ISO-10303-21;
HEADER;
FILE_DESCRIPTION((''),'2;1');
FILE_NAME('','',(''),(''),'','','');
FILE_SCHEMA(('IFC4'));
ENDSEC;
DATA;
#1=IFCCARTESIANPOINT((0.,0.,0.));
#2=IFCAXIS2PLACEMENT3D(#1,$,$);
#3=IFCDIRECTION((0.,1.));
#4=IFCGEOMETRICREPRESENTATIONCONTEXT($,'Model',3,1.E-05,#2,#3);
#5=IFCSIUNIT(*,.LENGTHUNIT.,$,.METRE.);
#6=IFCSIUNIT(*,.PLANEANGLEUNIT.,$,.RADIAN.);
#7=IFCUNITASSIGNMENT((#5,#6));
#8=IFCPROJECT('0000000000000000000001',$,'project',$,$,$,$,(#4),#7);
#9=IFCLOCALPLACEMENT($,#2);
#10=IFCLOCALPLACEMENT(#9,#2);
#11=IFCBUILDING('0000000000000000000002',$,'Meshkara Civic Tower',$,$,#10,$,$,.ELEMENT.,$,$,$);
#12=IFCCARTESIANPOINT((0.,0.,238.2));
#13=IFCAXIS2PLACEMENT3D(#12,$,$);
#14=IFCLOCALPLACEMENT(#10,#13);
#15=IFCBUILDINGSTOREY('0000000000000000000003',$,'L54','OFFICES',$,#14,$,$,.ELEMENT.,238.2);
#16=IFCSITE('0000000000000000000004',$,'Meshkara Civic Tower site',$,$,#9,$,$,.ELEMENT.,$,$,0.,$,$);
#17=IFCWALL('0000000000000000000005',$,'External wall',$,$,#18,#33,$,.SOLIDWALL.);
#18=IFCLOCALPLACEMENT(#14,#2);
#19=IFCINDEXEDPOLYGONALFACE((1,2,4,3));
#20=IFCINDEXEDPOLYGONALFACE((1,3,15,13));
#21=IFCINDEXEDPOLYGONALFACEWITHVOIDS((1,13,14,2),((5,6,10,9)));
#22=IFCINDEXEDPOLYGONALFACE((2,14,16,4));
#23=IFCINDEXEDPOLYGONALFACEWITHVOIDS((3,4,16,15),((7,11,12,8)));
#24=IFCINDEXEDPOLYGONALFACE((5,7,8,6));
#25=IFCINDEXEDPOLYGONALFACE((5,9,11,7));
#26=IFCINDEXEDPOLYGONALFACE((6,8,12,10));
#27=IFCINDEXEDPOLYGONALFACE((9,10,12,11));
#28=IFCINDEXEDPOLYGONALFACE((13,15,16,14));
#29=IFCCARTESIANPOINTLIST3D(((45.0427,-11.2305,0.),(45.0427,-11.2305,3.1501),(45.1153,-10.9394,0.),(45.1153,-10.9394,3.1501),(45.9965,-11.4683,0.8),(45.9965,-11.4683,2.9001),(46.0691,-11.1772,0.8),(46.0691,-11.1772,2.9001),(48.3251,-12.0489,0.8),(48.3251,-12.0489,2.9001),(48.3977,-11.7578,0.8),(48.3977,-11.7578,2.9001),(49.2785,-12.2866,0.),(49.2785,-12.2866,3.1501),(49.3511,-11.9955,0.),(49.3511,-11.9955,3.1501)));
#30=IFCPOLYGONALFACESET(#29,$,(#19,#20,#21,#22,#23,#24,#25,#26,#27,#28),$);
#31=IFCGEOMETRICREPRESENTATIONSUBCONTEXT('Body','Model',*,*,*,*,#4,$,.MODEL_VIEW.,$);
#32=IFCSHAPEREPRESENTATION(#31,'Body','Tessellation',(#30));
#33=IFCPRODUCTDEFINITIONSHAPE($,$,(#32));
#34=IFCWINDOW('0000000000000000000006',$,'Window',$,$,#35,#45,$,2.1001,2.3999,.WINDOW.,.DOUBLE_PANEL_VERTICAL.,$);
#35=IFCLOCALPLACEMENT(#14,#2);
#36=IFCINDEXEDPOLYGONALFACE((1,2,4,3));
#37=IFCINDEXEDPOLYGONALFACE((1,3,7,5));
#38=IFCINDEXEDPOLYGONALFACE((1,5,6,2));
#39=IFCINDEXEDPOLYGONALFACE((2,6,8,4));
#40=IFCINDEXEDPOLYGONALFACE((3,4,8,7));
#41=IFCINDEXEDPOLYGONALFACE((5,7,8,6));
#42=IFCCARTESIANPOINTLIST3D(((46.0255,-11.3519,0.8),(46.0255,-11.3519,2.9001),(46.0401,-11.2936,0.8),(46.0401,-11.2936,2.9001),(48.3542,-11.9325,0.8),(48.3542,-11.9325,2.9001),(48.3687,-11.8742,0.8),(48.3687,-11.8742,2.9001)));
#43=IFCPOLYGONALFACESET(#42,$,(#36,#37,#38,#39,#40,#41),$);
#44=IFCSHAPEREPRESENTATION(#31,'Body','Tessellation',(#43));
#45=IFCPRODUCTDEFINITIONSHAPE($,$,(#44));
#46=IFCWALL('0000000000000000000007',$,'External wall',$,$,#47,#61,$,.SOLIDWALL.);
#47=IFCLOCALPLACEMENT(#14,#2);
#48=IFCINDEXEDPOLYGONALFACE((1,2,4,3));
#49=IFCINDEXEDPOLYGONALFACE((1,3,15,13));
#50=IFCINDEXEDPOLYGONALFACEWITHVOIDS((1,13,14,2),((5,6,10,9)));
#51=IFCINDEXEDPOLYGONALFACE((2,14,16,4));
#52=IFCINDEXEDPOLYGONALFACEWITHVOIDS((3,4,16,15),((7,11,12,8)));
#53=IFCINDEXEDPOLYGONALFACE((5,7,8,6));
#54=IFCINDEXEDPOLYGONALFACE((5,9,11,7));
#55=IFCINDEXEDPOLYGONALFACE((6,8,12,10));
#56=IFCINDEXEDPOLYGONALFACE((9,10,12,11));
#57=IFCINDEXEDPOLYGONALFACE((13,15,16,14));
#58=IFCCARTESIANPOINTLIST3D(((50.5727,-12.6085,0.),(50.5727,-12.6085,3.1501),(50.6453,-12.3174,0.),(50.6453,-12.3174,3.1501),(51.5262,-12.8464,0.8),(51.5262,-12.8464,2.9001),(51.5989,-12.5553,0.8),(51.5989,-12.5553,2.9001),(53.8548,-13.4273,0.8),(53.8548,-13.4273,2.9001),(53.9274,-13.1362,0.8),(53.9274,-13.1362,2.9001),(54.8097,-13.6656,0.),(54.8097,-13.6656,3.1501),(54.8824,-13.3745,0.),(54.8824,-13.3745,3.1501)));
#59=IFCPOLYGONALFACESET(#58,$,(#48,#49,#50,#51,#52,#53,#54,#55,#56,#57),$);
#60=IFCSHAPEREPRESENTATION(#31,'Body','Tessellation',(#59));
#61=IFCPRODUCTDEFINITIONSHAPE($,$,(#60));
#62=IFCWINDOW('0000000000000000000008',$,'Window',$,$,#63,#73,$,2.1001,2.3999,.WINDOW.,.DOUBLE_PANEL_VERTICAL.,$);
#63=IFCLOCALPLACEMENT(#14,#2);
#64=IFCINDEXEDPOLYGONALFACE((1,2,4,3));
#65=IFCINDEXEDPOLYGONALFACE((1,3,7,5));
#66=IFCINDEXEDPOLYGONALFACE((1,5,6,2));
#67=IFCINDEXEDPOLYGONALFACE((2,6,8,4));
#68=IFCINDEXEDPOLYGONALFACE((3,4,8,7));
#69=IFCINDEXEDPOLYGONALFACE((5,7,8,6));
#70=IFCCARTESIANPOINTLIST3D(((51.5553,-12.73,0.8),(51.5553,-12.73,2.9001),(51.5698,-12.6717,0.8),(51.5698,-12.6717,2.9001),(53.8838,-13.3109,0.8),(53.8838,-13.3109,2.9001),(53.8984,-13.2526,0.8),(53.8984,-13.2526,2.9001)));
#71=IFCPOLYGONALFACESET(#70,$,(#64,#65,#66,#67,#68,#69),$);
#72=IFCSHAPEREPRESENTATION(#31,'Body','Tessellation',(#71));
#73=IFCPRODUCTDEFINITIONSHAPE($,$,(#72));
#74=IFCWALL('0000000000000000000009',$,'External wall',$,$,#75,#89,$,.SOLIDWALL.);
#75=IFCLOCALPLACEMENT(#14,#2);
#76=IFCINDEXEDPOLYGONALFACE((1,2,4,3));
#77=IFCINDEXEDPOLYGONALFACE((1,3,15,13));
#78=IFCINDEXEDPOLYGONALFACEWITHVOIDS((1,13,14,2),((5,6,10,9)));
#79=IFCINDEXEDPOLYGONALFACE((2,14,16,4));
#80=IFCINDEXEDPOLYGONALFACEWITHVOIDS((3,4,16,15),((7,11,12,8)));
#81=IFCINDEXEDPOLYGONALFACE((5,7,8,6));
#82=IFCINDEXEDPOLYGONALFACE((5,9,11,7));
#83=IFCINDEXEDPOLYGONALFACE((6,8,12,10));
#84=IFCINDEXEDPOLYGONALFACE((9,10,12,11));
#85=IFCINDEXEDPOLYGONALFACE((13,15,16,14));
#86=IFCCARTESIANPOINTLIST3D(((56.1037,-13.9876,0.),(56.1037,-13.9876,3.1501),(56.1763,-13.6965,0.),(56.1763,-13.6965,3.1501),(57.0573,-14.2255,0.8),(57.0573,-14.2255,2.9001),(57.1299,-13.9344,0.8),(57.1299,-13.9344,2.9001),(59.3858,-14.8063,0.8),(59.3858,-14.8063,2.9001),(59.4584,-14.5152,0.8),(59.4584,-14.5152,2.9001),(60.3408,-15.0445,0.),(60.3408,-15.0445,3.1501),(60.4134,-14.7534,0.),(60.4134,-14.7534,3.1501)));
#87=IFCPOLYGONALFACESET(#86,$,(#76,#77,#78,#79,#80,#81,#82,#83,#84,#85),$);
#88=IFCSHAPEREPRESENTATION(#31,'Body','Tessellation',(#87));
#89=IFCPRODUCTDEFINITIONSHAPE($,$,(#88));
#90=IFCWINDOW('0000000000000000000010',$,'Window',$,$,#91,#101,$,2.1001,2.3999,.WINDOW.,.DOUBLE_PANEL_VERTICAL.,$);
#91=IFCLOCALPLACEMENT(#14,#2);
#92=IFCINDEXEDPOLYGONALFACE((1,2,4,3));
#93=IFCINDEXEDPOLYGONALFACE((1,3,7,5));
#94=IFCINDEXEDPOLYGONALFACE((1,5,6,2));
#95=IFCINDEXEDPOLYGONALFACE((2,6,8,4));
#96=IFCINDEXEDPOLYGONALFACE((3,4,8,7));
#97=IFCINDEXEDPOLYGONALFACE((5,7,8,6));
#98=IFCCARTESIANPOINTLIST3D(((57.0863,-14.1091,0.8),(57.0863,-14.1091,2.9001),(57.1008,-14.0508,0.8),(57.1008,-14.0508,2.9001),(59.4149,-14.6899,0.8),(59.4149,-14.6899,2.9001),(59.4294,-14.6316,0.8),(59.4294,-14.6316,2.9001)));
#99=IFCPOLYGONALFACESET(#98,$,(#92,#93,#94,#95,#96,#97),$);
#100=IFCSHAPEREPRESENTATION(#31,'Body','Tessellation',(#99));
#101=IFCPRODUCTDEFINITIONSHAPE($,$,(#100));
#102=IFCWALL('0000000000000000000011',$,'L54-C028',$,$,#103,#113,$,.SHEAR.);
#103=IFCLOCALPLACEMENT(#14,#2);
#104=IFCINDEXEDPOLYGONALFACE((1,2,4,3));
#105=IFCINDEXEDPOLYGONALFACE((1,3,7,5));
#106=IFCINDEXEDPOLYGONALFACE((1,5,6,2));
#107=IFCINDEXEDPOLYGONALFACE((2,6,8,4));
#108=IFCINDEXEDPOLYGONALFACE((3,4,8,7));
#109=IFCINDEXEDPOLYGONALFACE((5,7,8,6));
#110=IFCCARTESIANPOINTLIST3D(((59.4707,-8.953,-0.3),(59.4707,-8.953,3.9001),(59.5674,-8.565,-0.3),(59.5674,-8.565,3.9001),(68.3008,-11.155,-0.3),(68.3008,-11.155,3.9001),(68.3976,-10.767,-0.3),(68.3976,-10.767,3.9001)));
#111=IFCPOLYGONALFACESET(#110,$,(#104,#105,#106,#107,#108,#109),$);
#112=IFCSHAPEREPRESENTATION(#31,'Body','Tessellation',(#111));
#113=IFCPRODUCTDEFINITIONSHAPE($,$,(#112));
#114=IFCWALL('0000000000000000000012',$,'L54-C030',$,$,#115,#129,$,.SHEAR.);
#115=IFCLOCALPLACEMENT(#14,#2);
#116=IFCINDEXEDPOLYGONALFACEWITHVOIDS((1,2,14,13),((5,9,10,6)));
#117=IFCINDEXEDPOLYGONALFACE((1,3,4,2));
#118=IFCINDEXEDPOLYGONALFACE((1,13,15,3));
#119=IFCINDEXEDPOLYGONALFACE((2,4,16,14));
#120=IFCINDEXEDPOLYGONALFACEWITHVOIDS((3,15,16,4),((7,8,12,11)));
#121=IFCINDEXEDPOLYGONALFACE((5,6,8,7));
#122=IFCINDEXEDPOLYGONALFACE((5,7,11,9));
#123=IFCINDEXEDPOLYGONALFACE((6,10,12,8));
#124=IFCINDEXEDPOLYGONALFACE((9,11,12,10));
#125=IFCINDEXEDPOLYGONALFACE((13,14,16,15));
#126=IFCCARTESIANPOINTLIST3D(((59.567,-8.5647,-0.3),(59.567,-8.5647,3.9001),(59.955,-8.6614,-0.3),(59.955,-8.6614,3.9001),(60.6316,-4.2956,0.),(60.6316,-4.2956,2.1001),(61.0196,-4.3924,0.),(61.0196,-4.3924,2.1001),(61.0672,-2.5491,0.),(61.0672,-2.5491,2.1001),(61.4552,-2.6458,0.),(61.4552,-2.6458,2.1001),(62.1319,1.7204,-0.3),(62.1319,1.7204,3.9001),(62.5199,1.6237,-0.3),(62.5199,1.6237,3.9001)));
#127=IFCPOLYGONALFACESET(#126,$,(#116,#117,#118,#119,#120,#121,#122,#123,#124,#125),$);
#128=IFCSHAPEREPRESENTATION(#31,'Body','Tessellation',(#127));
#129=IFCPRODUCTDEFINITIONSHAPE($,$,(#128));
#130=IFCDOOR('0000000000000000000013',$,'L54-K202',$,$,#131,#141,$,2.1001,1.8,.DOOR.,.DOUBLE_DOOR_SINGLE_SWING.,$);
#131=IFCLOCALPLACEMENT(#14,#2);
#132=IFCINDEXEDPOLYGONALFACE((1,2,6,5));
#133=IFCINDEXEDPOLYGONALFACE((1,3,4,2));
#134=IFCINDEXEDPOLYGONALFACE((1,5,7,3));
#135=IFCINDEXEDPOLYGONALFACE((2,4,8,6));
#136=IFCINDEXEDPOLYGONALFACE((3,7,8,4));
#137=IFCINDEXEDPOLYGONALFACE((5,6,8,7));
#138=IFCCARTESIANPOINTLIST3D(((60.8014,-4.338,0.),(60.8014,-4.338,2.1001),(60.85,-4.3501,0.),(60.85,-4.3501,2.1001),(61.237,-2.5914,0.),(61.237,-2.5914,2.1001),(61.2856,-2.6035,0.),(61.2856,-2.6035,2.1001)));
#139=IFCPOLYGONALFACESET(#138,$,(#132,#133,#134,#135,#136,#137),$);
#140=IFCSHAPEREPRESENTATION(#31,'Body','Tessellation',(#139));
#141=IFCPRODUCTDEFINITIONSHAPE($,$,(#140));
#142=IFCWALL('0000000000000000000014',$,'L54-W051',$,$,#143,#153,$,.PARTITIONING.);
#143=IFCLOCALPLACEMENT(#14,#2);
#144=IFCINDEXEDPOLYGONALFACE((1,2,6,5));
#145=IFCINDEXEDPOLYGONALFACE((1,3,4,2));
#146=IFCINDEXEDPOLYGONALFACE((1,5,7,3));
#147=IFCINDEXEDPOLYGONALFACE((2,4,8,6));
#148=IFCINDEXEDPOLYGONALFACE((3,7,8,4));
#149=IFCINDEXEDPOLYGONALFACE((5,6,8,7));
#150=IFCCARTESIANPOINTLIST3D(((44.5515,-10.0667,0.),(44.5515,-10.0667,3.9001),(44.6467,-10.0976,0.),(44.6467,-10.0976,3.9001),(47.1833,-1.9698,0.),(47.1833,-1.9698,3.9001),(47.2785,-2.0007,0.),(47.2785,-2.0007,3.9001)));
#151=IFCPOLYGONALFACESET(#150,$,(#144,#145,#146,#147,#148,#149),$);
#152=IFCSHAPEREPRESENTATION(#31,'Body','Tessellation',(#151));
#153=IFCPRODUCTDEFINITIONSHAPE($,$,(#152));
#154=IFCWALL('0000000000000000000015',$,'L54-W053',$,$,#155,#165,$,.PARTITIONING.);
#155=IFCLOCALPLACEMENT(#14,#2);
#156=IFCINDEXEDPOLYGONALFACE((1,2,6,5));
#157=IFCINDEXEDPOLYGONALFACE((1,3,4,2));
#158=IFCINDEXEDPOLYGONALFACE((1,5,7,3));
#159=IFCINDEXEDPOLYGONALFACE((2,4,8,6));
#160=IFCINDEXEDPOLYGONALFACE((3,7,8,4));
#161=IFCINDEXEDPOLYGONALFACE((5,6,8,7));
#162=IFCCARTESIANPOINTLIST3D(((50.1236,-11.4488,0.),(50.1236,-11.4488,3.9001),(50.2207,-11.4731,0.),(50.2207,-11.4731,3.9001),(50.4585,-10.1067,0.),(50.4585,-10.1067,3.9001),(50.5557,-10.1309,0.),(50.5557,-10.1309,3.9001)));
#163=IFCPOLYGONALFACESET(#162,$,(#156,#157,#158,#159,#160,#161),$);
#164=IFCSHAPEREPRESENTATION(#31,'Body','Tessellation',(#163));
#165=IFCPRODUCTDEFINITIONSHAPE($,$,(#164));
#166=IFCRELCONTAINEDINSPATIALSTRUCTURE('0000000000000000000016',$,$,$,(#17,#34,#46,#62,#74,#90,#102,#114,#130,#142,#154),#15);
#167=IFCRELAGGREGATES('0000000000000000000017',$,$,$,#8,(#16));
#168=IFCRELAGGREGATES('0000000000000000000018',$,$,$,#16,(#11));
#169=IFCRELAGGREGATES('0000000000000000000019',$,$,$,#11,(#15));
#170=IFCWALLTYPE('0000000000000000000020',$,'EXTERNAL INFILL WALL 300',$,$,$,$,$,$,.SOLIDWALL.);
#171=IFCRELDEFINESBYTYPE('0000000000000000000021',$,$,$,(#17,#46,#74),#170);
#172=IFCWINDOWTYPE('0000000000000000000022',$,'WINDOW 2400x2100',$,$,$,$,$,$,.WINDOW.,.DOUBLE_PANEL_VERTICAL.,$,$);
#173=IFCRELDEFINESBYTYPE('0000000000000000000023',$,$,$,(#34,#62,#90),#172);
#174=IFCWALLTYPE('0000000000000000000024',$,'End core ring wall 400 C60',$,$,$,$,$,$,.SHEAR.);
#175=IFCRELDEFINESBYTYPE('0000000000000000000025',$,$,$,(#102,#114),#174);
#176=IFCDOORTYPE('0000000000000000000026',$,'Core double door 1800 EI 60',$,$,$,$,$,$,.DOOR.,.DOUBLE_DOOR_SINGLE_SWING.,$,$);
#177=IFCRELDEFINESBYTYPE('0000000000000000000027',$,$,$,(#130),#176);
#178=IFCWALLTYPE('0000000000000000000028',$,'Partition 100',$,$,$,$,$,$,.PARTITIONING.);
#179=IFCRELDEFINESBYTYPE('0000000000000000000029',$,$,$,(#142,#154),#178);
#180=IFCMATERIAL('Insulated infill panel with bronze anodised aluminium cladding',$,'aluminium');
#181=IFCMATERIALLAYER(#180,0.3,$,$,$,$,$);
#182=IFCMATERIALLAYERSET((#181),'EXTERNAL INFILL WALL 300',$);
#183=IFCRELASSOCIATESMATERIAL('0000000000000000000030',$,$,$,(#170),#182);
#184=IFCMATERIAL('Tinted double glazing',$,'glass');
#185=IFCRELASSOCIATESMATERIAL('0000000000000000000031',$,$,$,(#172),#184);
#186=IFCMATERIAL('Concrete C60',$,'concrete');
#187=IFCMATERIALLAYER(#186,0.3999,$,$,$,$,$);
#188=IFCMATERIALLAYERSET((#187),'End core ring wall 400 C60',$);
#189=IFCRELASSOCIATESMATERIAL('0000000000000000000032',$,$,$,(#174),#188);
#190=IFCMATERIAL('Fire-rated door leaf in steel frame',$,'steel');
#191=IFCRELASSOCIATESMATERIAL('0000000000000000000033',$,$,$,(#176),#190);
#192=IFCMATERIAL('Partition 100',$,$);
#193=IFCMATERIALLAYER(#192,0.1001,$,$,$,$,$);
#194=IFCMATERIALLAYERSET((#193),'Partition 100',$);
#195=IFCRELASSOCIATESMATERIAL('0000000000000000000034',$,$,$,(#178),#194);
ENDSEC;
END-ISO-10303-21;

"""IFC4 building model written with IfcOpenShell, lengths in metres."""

from ifc_helpers import new_model, si_unit, direction, frame, frame_2d, origin, place, context, subcontext, project, spatial, rectangle, extrude, material, layer, layer_set, type_object, element, fill, save


model = new_model("IFC4")

# Units and contexts
model_context = context("Model", 3, precision=1e-05, world=origin(), true_north=direction((0.0, 1.0)))
body_context = subcontext(model_context, "Body", "Model", "MODEL_VIEW")
ifc_project = project(units=[si_unit("LENGTHUNIT", "METRE"), si_unit("PLANEANGLEUNIT", "RADIAN")], contexts=[model_context])

# Site, building, storey
site_placement = place(None, origin())
site = spatial("IfcSite", under=ifc_project, at=site_placement, Name="Meshkara Civic Tower site", CompositionType="ELEMENT", RefElevation=0.0)
building_placement = place(site_placement, origin())
building = spatial("IfcBuilding", under=site, at=building_placement, Name="Meshkara Civic Tower", CompositionType="ELEMENT")
storey_placement = place(building_placement, frame((0.0, 0.0, 238.2)))
storey = spatial("IfcBuildingStorey", under=building, at=storey_placement, Name="L54", Description="OFFICES", CompositionType="ELEMENT", Elevation=238.2)

# Walls, openings, windows
ifc_material_1 = material(Name="Insulated infill panel with bronze anodised aluminium cladding", Category="aluminium")
ifc_layer_1 = layer(ifc_material_1, 0.3)
ifc_layer_set_1 = layer_set([ifc_layer_1], Name="EXTERNAL INFILL WALL 300")
wall_type_1 = type_object("IfcWallType", Name="EXTERNAL INFILL WALL 300", PredefinedType="SOLIDWALL", material=ifc_layer_set_1)
wall_1_placement = place(storey_placement, frame((45.0791, -11.085, 0.0), z_axis=(0.0, 0.0, 1.0), x_axis=(0.970294, -0.24193, 0.0)))
wall_1 = element("IfcWall", 1, at=wall_1_placement, inside=storey, type_object=wall_type_1, Name="External wall", PredefinedType="SOLIDWALL", context=body_context, shape_type="SweptSolid", body=[
    extrude(rectangle(XDim=4.3655, YDim=0.3, at=frame_2d((2.1826, 0.0))), origin(), (0.0, 0.0, 1.0), 3.1501),
])
opening_1_placement = place(wall_1_placement, frame((0.9829, 0.0, 0.8)))
opening_1 = element("IfcOpeningElement", 2, at=opening_1_placement, cuts=wall_1, PredefinedType="OPENING", context=body_context, shape_type="SweptSolid", body=[
    extrude(rectangle(XDim=2.3999, YDim=2.1001, at=frame_2d((1.2, 1.05))), frame((0.0, 0.1599, 0.0), z_axis=(0.0, -1.0, 0.0), x_axis=(1.0, 0.0, 0.0)), (0.0, 0.0, 1.0), 0.3201),
])
ifc_material_2 = material(Name="Tinted double glazing", Category="glass")
window_type = type_object("IfcWindowType", Name="WINDOW 2400x2100", PartitioningType="DOUBLE_PANEL_VERTICAL", PredefinedType="WINDOW", material=ifc_material_2)
window_1_placement = place(opening_1_placement, origin())
window_1 = element("IfcWindow", 3, at=window_1_placement, inside=storey, type_object=window_type, Name="Window", OverallHeight=2.1001, OverallWidth=2.3999, PartitioningType="DOUBLE_PANEL_VERTICAL", PredefinedType="WINDOW", context=body_context, shape_type="SweptSolid", body=[
    extrude(rectangle(XDim=2.3999, YDim=2.1001, at=frame_2d((1.2, 1.05))), frame((0.0, 0.03, 0.0), z_axis=(0.0, -1.0, 0.0), x_axis=(1.0, 0.0, 0.0)), (0.0, 0.0, 1.0), 0.0601),
])
fill(opening_1, window_1)
wall_2_placement = place(storey_placement, frame((50.6089, -12.4629, 0.0), z_axis=(0.0, 0.0, 1.0), x_axis=(0.970257, -0.242075, 0.0)))
wall_2 = element("IfcWall", 4, at=wall_2_placement, inside=storey, type_object=wall_type_1, Name="External wall", PredefinedType="SOLIDWALL", context=body_context, shape_type="SweptSolid", body=[
    extrude(rectangle(XDim=4.3669, YDim=0.3, at=frame_2d((2.1836, 0.0))), origin(), (0.0, 0.0, 1.0), 3.1501),
])
opening_2_placement = place(wall_2_placement, frame((0.9829, 0.0, 0.8)))
opening_2 = element("IfcOpeningElement", 5, at=opening_2_placement, cuts=wall_2, PredefinedType="OPENING", context=body_context, shape_type="SweptSolid", body=[
    extrude(rectangle(XDim=2.3999, YDim=2.1001, at=frame_2d((1.2, 1.05))), frame((0.0, 0.1599, 0.0), z_axis=(0.0, -1.0, 0.0), x_axis=(1.0, 0.0, 0.0)), (0.0, 0.0, 1.0), 0.3201),
])
window_2_placement = place(opening_2_placement, origin())
window_2 = element("IfcWindow", 6, at=window_2_placement, inside=storey, type_object=window_type, Name="Window", OverallHeight=2.1001, OverallWidth=2.3999, PartitioningType="DOUBLE_PANEL_VERTICAL", PredefinedType="WINDOW", context=body_context, shape_type="SweptSolid", body=[
    extrude(rectangle(XDim=2.3999, YDim=2.1001, at=frame_2d((1.2, 1.05))), frame((0.0, 0.03, 0.0), z_axis=(0.0, -1.0, 0.0), x_axis=(1.0, 0.0, 0.0)), (0.0, 0.0, 1.0), 0.0601),
])
fill(opening_2, window_2)
wall_3_placement = place(storey_placement, frame((56.1399, -13.842, 0.0), z_axis=(0.0, 0.0, 1.0), x_axis=(0.970271, -0.242023, 0.0)))
wall_3 = element("IfcWall", 7, at=wall_3_placement, inside=storey, type_object=wall_type_1, Name="External wall", PredefinedType="SOLIDWALL", context=body_context, shape_type="SweptSolid", body=[
    extrude(rectangle(XDim=4.3669, YDim=0.3, at=frame_2d((2.1836, 0.0))), origin(), (0.0, 0.0, 1.0), 3.1501),
])
opening_3_placement = place(wall_3_placement, frame((0.9829, 0.0, 0.8)))
opening_3 = element("IfcOpeningElement", 8, at=opening_3_placement, cuts=wall_3, PredefinedType="OPENING", context=body_context, shape_type="SweptSolid", body=[
    extrude(rectangle(XDim=2.3999, YDim=2.1001, at=frame_2d((1.2, 1.05))), frame((0.0, 0.1599, 0.0), z_axis=(0.0, -1.0, 0.0), x_axis=(1.0, 0.0, 0.0)), (0.0, 0.0, 1.0), 0.3201),
])
window_3_placement = place(opening_3_placement, origin())
window_3 = element("IfcWindow", 9, at=window_3_placement, inside=storey, type_object=window_type, Name="Window", OverallHeight=2.1001, OverallWidth=2.3999, PartitioningType="DOUBLE_PANEL_VERTICAL", PredefinedType="WINDOW", context=body_context, shape_type="SweptSolid", body=[
    extrude(rectangle(XDim=2.3999, YDim=2.1001, at=frame_2d((1.2, 1.05))), frame((0.0, 0.03, 0.0), z_axis=(0.0, -1.0, 0.0), x_axis=(1.0, 0.0, 0.0)), (0.0, 0.0, 1.0), 0.0601),
])
fill(opening_3, window_3)

# Wall
ifc_material_3 = material(Name="Concrete C60", Category="concrete")
ifc_layer_2 = layer(ifc_material_3, 0.3999)
ifc_layer_set_2 = layer_set([ifc_layer_2], Name="End core ring wall 400 C60")
wall_type_2 = type_object("IfcWallType", Name="End core ring wall 400 C60", PredefinedType="SHEAR", material=ifc_layer_set_2)
wall_4_placement = place(storey_placement, frame((59.519, -8.759, -0.3), z_axis=(0.0, 0.0, 1.0), x_axis=(0.970288, -0.241955, 0.0)))
element("IfcWall", 10, at=wall_4_placement, inside=storey, type_object=wall_type_2, Name="L54-C028", PredefinedType="SHEAR", context=body_context, shape_type="SweptSolid", body=[
    extrude(rectangle(XDim=9.1006, YDim=0.3999, at=frame_2d((4.5503, 0.0))), origin(), (0.0, 0.0, 1.0), 4.2002),
])

# Wall, opening, door
wall_5_placement = place(storey_placement, frame((59.761, -8.613, -0.3), z_axis=(0.0, 0.0, 1.0), x_axis=(0.241972, 0.970283, 0.0)))
wall_5 = element("IfcWall", 11, at=wall_5_placement, inside=storey, type_object=wall_type_2, Name="L54-C030", PredefinedType="SHEAR", context=body_context, shape_type="SweptSolid", body=[
    extrude(rectangle(XDim=10.6001, YDim=0.3999, at=frame_2d((5.3, 0.0))), origin(), (0.0, 0.0, 1.0), 4.2002),
])
opening_4_placement = place(wall_5_placement, frame((4.3999, 0.0, 0.3)))
opening_4 = element("IfcOpeningElement", 12, at=opening_4_placement, cuts=wall_5, PredefinedType="OPENING", context=body_context, shape_type="SweptSolid", body=[
    extrude(rectangle(XDim=1.8, YDim=2.1001, at=frame_2d((0.8999, 1.05))), frame((0.0, 0.21, 0.0), z_axis=(0.0, -1.0, 0.0), x_axis=(1.0, 0.0, 0.0)), (0.0, 0.0, 1.0), 0.4199),
])
ifc_material_4 = material(Name="Fire-rated door leaf in steel frame", Category="steel")
door_type_1 = type_object("IfcDoorType", Name="Core double door 1800 EI 60", OperationType="DOUBLE_DOOR_SINGLE_SWING", PredefinedType="DOOR", material=ifc_material_4)
door_1_placement = place(opening_4_placement, origin())
door_1 = element("IfcDoor", 13, at=door_1_placement, inside=storey, type_object=door_type_1, Name="L54-K202", OperationType="DOUBLE_DOOR_SINGLE_SWING", OverallHeight=2.1001, OverallWidth=1.8, PredefinedType="DOOR", context=body_context, shape_type="SweptSolid", body=[
    extrude(rectangle(XDim=1.8, YDim=2.1001, at=frame_2d((0.8999, 1.05))), frame((0.0, 0.0249, 0.0), z_axis=(0.0, -1.0, 0.0), x_axis=(1.0, 0.0, 0.0)), (0.0, 0.0, 1.0), 0.05),
])
fill(opening_4, door_1)

# Walls
ifc_material_5 = material(Name="Partition 100")
ifc_layer_3 = layer(ifc_material_5, 0.1001)
ifc_layer_set_3 = layer_set([ifc_layer_3], Name="Partition 100")
wall_type_3 = type_object("IfcWallType", Name="Partition 100", PredefinedType="PARTITIONING", material=ifc_layer_set_3)
wall_6_placement = place(storey_placement, frame((44.5991, -10.082, 0.0), z_axis=(0.0, 0.0, 1.0), x_axis=(0.309122, 0.951022, 0.0)))
element("IfcWall", 14, at=wall_6_placement, inside=storey, type_object=wall_type_3, Name="L54-W051", PredefinedType="PARTITIONING", context=body_context, shape_type="SweptSolid", body=[
    extrude(rectangle(XDim=8.5139, YDim=0.1001, at=frame_2d((4.2568, 0.0))), origin(), (0.0, 0.0, 1.0), 3.9001),
])
wall_7_placement = place(storey_placement, frame((50.1721, -11.4609, 0.0), z_axis=(0.0, 0.0, 1.0), x_axis=(0.242162, 0.970236, 0.0)))
element("IfcWall", 15, at=wall_7_placement, inside=storey, type_object=wall_type_3, Name="L54-W053", PredefinedType="PARTITIONING", context=body_context, shape_type="SweptSolid", body=[
    extrude(rectangle(XDim=1.3833, YDim=0.1001, at=frame_2d((0.6917, 0.0))), origin(), (0.0, 0.0, 1.0), 3.9001),
])

save(model, "model.ifc")
